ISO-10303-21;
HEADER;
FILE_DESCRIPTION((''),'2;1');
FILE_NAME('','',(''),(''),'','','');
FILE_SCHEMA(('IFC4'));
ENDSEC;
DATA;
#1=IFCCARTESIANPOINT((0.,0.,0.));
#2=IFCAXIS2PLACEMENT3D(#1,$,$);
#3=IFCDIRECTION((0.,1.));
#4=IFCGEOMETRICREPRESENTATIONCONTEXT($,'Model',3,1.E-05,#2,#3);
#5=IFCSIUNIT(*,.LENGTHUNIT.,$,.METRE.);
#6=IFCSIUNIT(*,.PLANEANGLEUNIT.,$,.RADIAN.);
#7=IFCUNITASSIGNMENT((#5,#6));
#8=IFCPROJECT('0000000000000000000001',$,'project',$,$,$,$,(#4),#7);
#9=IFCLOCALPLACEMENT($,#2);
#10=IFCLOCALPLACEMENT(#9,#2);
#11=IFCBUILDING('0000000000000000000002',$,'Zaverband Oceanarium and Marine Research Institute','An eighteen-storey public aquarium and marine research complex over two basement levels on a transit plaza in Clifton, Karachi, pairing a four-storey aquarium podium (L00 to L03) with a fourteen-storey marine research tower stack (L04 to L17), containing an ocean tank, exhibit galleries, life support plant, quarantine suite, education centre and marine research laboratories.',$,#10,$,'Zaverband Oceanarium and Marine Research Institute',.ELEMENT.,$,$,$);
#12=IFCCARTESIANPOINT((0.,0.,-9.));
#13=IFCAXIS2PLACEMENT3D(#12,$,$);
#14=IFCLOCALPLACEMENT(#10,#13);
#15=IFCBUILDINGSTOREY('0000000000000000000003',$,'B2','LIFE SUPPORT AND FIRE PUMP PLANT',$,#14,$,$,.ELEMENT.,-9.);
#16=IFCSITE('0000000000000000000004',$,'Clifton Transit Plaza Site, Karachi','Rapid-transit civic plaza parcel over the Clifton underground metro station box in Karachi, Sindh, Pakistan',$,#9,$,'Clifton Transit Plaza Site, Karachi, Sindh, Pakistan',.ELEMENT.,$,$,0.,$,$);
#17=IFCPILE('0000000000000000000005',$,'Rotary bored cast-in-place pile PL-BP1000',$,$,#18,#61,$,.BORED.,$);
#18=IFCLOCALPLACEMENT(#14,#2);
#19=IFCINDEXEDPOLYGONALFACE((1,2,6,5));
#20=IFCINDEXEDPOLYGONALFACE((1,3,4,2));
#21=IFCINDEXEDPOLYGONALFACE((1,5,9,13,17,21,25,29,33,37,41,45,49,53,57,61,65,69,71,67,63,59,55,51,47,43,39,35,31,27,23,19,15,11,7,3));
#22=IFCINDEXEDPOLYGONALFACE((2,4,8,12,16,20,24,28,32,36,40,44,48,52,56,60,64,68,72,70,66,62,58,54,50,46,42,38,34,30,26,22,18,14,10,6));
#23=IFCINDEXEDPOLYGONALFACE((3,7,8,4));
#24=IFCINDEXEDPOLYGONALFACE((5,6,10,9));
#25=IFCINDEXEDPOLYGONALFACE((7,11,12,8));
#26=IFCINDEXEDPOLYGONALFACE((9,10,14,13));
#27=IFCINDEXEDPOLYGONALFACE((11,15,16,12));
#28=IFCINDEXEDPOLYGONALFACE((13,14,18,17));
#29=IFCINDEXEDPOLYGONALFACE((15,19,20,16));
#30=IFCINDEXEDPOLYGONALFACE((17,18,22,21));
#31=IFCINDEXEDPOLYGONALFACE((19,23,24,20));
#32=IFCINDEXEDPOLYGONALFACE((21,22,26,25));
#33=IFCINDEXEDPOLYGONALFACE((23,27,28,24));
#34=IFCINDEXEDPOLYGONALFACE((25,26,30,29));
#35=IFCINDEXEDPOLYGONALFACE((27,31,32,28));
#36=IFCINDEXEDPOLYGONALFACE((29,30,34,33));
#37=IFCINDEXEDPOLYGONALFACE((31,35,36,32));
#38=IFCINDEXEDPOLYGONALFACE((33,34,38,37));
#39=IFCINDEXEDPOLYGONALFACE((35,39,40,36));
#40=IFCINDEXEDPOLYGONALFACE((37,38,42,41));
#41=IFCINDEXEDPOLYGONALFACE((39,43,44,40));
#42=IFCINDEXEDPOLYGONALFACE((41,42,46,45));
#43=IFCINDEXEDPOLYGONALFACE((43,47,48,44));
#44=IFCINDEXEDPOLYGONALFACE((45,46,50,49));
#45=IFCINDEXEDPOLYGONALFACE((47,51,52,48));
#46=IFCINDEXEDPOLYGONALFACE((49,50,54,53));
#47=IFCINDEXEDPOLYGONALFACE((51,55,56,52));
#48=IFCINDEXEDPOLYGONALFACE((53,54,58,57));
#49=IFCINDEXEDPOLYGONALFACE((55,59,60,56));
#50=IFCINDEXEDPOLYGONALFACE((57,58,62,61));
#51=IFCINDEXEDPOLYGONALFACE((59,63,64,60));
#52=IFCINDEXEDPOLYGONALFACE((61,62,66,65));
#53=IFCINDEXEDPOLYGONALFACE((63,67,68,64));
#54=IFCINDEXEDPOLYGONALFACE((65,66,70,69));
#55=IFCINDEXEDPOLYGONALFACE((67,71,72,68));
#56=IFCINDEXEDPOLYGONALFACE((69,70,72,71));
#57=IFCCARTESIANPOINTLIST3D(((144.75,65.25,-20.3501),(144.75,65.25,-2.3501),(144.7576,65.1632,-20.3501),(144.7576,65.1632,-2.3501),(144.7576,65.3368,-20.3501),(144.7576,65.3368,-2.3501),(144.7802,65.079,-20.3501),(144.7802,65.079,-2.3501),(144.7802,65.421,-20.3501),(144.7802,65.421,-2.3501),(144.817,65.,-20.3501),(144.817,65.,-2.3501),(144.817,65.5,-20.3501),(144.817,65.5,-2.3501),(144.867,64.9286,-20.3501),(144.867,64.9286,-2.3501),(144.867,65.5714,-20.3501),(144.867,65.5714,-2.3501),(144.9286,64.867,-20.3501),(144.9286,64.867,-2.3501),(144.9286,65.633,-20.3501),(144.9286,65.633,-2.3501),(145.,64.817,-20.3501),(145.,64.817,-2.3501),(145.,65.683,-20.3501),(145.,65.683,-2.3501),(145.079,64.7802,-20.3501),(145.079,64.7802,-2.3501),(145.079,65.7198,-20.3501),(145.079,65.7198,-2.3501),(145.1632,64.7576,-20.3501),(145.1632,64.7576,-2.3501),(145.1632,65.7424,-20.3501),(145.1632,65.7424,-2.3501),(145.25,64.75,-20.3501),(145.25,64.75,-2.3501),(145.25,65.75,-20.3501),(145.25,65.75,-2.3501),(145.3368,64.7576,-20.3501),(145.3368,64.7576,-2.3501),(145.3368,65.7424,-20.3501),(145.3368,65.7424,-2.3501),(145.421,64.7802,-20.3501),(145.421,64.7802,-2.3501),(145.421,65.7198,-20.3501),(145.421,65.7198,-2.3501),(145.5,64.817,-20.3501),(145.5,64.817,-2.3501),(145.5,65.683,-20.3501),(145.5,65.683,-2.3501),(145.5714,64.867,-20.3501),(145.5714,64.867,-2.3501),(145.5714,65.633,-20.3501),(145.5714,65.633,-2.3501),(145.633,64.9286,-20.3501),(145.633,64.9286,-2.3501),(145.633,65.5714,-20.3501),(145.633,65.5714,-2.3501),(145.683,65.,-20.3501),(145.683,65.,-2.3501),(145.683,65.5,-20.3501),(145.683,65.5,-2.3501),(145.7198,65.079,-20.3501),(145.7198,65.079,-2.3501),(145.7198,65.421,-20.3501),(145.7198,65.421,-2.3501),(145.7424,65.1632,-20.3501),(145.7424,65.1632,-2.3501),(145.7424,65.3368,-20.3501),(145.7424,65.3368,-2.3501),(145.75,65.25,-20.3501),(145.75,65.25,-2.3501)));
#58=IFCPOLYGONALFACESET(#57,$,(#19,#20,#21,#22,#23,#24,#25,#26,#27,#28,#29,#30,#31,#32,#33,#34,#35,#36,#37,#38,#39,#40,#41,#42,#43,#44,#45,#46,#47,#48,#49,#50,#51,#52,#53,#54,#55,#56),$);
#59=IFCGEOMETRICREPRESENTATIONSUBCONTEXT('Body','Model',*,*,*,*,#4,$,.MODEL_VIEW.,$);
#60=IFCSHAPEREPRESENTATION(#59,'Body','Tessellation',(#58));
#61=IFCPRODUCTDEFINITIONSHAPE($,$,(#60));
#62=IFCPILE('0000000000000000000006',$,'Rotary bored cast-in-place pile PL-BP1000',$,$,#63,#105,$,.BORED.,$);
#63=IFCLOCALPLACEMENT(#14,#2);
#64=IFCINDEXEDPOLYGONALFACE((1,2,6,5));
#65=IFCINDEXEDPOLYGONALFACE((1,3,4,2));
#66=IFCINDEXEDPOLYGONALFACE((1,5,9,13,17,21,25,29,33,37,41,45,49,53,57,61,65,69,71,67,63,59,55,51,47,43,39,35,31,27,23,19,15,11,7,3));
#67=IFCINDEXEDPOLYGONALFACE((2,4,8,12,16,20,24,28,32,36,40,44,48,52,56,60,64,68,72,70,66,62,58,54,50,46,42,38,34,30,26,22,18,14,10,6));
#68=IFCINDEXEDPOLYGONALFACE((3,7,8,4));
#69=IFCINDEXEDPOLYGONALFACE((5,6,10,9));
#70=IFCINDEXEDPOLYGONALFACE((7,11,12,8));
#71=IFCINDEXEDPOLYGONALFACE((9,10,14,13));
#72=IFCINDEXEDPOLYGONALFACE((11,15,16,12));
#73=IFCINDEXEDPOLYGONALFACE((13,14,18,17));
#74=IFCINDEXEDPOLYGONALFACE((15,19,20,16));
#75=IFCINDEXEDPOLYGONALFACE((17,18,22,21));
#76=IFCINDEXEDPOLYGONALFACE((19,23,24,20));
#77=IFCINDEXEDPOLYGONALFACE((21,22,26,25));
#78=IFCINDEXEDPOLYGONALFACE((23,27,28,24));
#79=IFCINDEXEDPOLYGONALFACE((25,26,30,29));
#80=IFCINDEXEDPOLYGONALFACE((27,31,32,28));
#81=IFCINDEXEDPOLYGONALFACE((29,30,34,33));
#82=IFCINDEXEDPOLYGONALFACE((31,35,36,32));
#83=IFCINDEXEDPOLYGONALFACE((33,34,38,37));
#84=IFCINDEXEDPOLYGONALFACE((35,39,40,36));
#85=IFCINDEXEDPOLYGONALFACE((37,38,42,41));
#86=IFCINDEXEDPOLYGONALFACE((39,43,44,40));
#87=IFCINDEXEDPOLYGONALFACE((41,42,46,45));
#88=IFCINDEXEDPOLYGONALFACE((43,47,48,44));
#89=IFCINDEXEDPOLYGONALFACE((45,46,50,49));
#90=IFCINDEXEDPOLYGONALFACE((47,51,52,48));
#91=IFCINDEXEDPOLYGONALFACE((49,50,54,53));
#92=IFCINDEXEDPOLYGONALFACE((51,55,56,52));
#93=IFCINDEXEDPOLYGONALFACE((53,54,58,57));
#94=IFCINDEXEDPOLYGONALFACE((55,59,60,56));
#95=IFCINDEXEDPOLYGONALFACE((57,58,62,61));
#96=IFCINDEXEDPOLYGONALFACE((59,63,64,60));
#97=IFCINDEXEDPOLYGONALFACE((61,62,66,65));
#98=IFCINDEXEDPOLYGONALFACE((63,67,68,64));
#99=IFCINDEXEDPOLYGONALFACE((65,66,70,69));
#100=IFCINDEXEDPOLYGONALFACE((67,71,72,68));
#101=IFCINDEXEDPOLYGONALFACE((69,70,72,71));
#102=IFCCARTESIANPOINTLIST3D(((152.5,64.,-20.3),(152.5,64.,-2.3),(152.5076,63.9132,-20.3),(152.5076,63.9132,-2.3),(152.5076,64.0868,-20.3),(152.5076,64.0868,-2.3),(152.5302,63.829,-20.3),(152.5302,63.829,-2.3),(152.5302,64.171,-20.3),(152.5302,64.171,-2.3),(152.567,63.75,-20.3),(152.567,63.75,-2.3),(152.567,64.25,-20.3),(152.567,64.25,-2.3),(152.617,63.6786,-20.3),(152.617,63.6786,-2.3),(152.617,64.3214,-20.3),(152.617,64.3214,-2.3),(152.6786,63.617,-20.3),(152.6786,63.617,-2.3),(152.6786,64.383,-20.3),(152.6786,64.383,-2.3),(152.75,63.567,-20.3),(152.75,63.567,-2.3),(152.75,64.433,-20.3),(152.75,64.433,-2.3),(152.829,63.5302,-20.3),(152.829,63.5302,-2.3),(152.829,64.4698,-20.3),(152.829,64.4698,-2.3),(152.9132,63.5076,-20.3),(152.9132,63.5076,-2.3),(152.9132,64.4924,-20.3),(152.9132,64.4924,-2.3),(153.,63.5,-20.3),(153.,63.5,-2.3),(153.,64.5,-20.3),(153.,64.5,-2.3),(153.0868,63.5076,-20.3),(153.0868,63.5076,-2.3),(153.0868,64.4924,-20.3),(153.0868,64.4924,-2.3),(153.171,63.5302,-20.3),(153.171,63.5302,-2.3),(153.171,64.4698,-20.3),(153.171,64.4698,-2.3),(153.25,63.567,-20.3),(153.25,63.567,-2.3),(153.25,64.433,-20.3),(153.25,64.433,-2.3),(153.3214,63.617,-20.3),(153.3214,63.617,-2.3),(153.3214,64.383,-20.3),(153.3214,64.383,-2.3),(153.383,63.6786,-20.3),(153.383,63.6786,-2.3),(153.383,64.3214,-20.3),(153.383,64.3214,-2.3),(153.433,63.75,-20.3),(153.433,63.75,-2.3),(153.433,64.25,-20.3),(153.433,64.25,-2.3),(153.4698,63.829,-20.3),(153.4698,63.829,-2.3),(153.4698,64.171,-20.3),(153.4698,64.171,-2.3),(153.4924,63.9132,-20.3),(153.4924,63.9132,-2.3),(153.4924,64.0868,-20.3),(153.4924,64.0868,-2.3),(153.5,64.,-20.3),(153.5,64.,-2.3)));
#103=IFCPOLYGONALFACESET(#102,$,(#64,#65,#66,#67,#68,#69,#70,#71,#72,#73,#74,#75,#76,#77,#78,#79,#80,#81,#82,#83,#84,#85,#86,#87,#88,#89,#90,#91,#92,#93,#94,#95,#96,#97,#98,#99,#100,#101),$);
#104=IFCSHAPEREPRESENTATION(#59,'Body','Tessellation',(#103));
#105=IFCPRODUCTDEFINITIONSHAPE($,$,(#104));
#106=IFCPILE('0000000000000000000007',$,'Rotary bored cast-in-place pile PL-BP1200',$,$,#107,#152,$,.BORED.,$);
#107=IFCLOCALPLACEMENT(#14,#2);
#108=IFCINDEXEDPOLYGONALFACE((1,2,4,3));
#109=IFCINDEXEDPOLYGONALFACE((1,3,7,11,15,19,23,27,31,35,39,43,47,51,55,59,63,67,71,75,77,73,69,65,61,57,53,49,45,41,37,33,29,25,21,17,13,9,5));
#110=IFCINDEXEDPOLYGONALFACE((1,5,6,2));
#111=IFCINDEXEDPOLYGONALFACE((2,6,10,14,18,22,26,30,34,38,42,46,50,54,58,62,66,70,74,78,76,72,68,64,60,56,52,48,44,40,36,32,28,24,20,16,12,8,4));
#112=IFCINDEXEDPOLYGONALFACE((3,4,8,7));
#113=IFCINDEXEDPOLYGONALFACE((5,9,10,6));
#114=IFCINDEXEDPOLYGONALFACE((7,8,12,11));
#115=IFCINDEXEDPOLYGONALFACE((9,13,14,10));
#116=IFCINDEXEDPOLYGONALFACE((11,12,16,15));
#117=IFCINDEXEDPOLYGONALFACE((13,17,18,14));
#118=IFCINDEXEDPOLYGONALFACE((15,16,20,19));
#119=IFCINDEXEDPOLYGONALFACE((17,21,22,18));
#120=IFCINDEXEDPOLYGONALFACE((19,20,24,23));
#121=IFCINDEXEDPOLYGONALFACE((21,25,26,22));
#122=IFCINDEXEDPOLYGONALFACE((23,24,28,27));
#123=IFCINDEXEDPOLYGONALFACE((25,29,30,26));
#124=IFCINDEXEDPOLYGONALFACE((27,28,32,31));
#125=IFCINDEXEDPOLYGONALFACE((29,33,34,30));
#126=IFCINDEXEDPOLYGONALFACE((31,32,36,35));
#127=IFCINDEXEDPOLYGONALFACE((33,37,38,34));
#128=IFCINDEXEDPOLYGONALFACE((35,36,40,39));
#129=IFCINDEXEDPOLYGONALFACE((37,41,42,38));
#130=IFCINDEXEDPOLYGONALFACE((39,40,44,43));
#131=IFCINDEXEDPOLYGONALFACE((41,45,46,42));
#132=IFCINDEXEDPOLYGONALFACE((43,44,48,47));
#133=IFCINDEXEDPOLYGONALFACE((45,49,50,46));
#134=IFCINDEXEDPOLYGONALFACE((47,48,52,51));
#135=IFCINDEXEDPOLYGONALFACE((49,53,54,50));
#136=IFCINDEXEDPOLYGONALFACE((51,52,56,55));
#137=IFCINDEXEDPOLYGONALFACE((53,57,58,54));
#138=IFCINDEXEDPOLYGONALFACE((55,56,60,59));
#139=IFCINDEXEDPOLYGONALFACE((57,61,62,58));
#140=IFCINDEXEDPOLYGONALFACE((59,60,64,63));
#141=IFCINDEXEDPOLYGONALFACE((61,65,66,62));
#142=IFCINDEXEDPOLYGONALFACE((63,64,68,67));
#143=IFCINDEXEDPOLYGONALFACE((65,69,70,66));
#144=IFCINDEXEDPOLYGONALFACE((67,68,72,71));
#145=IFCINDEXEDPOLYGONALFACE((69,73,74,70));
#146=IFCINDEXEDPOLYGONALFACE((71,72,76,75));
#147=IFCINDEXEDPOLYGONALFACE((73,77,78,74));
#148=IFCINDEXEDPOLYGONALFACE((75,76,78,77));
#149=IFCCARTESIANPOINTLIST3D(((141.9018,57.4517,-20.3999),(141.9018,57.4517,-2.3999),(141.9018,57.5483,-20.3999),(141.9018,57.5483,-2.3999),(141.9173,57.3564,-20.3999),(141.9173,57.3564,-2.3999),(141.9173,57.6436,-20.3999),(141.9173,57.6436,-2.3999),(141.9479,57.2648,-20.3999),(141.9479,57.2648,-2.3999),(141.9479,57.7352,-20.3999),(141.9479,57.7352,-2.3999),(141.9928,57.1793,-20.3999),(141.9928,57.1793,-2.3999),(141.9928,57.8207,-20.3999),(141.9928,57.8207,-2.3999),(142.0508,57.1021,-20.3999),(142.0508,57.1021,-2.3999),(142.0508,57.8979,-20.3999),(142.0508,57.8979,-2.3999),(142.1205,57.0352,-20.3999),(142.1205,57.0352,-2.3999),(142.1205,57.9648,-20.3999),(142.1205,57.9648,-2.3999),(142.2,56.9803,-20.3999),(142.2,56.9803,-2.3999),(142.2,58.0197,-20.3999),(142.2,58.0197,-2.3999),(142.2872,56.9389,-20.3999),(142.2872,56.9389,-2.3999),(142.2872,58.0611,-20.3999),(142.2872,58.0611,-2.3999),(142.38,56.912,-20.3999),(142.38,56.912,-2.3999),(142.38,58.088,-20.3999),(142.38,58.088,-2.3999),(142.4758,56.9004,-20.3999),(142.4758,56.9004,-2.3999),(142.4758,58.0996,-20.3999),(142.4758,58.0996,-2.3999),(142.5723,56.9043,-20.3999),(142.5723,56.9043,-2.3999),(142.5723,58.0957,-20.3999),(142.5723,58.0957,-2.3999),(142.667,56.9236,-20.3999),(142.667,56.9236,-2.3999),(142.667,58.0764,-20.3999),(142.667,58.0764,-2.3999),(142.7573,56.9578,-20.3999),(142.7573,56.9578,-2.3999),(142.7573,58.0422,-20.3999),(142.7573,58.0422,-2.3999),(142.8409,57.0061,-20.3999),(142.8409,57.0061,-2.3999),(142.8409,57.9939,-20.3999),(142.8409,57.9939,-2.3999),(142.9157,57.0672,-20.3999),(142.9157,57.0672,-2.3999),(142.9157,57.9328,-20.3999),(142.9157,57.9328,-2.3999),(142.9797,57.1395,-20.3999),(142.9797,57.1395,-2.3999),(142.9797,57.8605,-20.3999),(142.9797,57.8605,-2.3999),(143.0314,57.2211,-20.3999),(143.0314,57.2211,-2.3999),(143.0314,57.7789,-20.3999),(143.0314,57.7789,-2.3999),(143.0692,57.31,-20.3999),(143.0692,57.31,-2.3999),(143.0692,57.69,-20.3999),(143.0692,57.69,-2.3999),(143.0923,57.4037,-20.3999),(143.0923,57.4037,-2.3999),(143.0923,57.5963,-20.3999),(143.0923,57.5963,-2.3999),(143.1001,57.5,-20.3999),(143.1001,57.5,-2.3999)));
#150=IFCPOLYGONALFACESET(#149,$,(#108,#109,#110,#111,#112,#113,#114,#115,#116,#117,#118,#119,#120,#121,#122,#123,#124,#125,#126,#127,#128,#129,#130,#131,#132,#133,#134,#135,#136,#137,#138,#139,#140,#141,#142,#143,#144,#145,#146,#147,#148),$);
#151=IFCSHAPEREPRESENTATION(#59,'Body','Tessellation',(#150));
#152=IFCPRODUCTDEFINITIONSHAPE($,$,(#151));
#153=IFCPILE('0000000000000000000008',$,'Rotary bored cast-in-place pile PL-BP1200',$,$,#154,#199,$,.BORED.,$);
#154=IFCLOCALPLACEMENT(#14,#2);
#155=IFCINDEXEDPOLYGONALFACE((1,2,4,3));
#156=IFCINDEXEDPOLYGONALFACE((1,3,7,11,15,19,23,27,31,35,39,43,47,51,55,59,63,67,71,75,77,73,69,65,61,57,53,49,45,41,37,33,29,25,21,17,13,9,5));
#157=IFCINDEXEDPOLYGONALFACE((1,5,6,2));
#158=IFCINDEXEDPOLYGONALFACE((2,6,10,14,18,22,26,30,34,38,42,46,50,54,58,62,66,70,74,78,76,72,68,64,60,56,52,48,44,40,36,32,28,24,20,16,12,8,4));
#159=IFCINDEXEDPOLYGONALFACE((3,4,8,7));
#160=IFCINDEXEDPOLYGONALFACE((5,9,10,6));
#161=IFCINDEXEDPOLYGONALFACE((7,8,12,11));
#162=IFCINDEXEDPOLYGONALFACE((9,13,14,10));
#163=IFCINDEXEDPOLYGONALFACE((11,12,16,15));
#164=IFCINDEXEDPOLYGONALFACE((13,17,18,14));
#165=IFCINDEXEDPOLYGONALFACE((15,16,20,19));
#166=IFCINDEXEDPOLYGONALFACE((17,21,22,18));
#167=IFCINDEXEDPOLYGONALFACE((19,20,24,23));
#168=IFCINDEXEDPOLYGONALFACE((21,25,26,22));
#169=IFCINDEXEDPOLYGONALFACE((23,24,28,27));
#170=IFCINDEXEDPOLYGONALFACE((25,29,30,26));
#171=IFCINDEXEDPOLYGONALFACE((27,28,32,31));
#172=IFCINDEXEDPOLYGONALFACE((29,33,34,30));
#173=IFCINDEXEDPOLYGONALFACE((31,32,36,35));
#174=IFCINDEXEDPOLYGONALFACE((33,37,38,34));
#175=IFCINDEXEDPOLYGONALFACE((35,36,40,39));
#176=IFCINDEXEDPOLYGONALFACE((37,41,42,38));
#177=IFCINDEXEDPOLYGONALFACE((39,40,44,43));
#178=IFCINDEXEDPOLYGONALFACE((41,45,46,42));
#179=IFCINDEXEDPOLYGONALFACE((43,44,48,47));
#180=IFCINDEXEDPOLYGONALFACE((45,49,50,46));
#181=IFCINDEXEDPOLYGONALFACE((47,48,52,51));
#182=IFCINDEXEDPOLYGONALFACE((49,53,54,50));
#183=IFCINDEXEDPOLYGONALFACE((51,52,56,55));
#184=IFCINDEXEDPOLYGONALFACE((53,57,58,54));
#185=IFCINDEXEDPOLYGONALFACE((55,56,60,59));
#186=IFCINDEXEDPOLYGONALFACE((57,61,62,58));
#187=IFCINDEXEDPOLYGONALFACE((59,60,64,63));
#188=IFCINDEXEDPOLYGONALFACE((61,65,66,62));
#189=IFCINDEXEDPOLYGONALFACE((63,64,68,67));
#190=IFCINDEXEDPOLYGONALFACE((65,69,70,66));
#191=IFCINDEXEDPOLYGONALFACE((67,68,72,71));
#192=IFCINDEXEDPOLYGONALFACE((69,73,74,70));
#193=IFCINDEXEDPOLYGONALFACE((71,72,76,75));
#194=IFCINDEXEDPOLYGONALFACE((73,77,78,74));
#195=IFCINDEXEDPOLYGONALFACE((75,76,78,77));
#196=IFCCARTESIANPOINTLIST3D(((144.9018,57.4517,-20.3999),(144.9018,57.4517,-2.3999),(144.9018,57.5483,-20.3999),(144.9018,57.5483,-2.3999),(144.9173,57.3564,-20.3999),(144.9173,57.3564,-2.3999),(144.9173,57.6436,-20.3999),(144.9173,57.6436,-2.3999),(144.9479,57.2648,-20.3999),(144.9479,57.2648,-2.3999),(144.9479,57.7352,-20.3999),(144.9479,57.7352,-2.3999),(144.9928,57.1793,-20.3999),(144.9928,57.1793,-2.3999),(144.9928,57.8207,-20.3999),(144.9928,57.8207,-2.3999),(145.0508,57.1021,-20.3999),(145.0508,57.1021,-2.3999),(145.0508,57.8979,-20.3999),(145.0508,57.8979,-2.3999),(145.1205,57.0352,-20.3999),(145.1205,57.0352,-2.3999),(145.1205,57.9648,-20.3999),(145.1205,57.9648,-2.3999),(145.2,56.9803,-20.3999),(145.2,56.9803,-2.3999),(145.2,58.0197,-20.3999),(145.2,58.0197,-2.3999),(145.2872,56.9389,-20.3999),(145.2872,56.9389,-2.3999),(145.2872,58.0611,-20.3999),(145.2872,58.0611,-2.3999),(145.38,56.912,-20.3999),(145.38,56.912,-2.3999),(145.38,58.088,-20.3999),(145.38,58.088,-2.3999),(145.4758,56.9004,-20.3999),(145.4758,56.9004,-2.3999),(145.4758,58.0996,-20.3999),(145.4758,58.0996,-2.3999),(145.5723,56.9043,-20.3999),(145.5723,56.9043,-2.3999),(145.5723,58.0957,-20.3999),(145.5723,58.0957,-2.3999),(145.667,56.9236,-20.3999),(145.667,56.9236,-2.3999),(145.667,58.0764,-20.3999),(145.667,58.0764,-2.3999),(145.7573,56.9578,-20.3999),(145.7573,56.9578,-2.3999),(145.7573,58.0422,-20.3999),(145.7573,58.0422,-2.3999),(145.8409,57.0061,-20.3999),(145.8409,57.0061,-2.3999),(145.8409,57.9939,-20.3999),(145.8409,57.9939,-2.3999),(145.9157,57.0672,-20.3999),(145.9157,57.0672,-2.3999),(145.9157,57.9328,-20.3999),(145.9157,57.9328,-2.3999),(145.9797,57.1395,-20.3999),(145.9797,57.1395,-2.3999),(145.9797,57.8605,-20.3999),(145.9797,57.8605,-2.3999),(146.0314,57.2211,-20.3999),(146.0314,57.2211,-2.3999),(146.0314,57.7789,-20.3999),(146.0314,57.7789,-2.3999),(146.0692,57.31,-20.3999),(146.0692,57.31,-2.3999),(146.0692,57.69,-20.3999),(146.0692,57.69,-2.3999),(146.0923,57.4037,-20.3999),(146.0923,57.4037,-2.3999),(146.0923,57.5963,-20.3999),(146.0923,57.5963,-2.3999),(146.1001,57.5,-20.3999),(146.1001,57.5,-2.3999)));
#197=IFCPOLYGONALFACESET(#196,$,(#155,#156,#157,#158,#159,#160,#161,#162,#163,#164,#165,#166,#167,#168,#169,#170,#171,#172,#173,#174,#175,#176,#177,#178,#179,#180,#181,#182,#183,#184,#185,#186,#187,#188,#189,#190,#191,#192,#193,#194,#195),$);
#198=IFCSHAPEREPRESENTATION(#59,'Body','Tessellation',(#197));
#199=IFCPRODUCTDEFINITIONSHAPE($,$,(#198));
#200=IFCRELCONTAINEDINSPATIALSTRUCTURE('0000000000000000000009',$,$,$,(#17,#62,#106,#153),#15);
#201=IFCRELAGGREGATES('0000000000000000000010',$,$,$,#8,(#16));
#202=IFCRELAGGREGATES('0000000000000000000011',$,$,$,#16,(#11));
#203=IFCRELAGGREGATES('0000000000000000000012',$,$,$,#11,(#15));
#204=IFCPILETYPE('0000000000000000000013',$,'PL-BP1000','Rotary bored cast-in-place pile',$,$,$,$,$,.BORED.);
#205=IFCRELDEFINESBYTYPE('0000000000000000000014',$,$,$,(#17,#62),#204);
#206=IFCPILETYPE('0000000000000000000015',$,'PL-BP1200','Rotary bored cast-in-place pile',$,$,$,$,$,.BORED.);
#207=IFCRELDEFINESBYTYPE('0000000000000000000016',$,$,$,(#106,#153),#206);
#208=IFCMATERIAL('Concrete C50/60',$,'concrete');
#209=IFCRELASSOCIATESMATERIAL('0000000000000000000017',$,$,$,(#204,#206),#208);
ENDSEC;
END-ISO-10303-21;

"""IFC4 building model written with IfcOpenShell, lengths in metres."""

from ifc_helpers import new_model, si_unit, direction, frame, origin, origin_2d, place, context, subcontext, project, spatial, circle, extrude, material, material_profile, profile_set, type_object, element, save


model = new_model("IFC4")

# Units and contexts
model_context = context("Model", 3, precision=1e-05, world=origin(), true_north=direction((0.0, 1.0)))
body_context = subcontext(model_context, "Body", "Model", "MODEL_VIEW")
ifc_project = project(units=[si_unit("LENGTHUNIT", "METRE"), si_unit("PLANEANGLEUNIT", "RADIAN")], contexts=[model_context])

# Site, building, storey
site_placement = place(None, origin())
site = spatial("IfcSite", under=ifc_project, at=site_placement, Name="Clifton Transit Plaza Site, Karachi", Description="Rapid-transit civic plaza parcel over the Clifton underground metro station box in Karachi, Sindh, Pakistan", LongName="Clifton Transit Plaza Site, Karachi, Sindh, Pakistan", CompositionType="ELEMENT", RefElevation=0.0)
building_placement = place(site_placement, origin())
building = spatial("IfcBuilding", under=site, at=building_placement, Name="Zaverband Oceanarium and Marine Research Institute", Description="An eighteen-storey public aquarium and marine research complex over two basement levels on a transit plaza in Clifton, Karachi, pairing a four-storey aquarium podium (L00 to L03) with a fourteen-storey marine research tower stack (L04 to L17), containing an ocean tank, exhibit galleries, life support plant, quarantine suite, education centre and marine research laboratories.", LongName="Zaverband Oceanarium and Marine Research Institute", CompositionType="ELEMENT")
storey_placement = place(building_placement, frame((0.0, 0.0, -9.0)))
storey = spatial("IfcBuildingStorey", under=building, at=storey_placement, Name="B2", Description="LIFE SUPPORT AND FIRE PUMP PLANT", CompositionType="ELEMENT", Elevation=-9.0)

# Shared definitions
ifc_material_1 = material(Name="Concrete C50/60", Category="concrete")

# Piles
ifc_material_profile_1 = material_profile(ifc_material_1, circle(Radius=0.5, at=origin_2d()), Name="BP1000")
ifc_profile_set_1 = profile_set([ifc_material_profile_1], Name="Concrete C50/60")
pile_type_1 = type_object("IfcPileType", Name="PL-BP1000", Description="Rotary bored cast-in-place pile", PredefinedType="BORED", material=ifc_profile_set_1)
for number, where, z_axis, x_axis, name in (
    (1, (145.25, 65.25, -2.3501), (0.0, 0.0, -1.0), (1.0, 0.0, 0.0), "Rotary bored cast-in-place pile PL-BP1000"),
    (2, (153.0, 64.0, -2.3), (0.0, 0.0, -1.0), (1.0, 0.0, 0.0), "Rotary bored cast-in-place pile PL-BP1000"),
):
    element("IfcPile", number, at=place(storey_placement, frame(where, z_axis=z_axis, x_axis=x_axis)), inside=storey, type_object=pile_type_1, Name=name, PredefinedType="BORED", context=body_context, shape_type="SweptSolid", body=[
        extrude(circle(Radius=0.5, at=origin_2d()), origin(), (0.0, 0.0, 1.0), 18.0),
    ])
ifc_material_profile_2 = material_profile(ifc_material_1, circle(Radius=0.6001, at=origin_2d()), Name="BP1200")
ifc_profile_set_2 = profile_set([ifc_material_profile_2], Name="Concrete C50/60")
pile_type_2 = type_object("IfcPileType", Name="PL-BP1200", Description="Rotary bored cast-in-place pile", PredefinedType="BORED", material=ifc_profile_set_2)
for number, where, z_axis, x_axis, name in (
    (3, (142.5, 57.5, -2.3999), (0.0, 0.0, -1.0), (1.0, 0.0, 0.0), "Rotary bored cast-in-place pile PL-BP1200"),
    (4, (145.5, 57.5, -2.3999), (0.0, 0.0, -1.0), (1.0, 0.0, 0.0), "Rotary bored cast-in-place pile PL-BP1200"),
):
    element("IfcPile", number, at=place(storey_placement, frame(where, z_axis=z_axis, x_axis=x_axis)), inside=storey, type_object=pile_type_2, Name=name, PredefinedType="BORED", context=body_context, shape_type="SweptSolid", body=[
        extrude(circle(Radius=0.6001, at=origin_2d()), origin(), (0.0, 0.0, 1.0), 18.0),
    ])

save(model, "model.ifc")
